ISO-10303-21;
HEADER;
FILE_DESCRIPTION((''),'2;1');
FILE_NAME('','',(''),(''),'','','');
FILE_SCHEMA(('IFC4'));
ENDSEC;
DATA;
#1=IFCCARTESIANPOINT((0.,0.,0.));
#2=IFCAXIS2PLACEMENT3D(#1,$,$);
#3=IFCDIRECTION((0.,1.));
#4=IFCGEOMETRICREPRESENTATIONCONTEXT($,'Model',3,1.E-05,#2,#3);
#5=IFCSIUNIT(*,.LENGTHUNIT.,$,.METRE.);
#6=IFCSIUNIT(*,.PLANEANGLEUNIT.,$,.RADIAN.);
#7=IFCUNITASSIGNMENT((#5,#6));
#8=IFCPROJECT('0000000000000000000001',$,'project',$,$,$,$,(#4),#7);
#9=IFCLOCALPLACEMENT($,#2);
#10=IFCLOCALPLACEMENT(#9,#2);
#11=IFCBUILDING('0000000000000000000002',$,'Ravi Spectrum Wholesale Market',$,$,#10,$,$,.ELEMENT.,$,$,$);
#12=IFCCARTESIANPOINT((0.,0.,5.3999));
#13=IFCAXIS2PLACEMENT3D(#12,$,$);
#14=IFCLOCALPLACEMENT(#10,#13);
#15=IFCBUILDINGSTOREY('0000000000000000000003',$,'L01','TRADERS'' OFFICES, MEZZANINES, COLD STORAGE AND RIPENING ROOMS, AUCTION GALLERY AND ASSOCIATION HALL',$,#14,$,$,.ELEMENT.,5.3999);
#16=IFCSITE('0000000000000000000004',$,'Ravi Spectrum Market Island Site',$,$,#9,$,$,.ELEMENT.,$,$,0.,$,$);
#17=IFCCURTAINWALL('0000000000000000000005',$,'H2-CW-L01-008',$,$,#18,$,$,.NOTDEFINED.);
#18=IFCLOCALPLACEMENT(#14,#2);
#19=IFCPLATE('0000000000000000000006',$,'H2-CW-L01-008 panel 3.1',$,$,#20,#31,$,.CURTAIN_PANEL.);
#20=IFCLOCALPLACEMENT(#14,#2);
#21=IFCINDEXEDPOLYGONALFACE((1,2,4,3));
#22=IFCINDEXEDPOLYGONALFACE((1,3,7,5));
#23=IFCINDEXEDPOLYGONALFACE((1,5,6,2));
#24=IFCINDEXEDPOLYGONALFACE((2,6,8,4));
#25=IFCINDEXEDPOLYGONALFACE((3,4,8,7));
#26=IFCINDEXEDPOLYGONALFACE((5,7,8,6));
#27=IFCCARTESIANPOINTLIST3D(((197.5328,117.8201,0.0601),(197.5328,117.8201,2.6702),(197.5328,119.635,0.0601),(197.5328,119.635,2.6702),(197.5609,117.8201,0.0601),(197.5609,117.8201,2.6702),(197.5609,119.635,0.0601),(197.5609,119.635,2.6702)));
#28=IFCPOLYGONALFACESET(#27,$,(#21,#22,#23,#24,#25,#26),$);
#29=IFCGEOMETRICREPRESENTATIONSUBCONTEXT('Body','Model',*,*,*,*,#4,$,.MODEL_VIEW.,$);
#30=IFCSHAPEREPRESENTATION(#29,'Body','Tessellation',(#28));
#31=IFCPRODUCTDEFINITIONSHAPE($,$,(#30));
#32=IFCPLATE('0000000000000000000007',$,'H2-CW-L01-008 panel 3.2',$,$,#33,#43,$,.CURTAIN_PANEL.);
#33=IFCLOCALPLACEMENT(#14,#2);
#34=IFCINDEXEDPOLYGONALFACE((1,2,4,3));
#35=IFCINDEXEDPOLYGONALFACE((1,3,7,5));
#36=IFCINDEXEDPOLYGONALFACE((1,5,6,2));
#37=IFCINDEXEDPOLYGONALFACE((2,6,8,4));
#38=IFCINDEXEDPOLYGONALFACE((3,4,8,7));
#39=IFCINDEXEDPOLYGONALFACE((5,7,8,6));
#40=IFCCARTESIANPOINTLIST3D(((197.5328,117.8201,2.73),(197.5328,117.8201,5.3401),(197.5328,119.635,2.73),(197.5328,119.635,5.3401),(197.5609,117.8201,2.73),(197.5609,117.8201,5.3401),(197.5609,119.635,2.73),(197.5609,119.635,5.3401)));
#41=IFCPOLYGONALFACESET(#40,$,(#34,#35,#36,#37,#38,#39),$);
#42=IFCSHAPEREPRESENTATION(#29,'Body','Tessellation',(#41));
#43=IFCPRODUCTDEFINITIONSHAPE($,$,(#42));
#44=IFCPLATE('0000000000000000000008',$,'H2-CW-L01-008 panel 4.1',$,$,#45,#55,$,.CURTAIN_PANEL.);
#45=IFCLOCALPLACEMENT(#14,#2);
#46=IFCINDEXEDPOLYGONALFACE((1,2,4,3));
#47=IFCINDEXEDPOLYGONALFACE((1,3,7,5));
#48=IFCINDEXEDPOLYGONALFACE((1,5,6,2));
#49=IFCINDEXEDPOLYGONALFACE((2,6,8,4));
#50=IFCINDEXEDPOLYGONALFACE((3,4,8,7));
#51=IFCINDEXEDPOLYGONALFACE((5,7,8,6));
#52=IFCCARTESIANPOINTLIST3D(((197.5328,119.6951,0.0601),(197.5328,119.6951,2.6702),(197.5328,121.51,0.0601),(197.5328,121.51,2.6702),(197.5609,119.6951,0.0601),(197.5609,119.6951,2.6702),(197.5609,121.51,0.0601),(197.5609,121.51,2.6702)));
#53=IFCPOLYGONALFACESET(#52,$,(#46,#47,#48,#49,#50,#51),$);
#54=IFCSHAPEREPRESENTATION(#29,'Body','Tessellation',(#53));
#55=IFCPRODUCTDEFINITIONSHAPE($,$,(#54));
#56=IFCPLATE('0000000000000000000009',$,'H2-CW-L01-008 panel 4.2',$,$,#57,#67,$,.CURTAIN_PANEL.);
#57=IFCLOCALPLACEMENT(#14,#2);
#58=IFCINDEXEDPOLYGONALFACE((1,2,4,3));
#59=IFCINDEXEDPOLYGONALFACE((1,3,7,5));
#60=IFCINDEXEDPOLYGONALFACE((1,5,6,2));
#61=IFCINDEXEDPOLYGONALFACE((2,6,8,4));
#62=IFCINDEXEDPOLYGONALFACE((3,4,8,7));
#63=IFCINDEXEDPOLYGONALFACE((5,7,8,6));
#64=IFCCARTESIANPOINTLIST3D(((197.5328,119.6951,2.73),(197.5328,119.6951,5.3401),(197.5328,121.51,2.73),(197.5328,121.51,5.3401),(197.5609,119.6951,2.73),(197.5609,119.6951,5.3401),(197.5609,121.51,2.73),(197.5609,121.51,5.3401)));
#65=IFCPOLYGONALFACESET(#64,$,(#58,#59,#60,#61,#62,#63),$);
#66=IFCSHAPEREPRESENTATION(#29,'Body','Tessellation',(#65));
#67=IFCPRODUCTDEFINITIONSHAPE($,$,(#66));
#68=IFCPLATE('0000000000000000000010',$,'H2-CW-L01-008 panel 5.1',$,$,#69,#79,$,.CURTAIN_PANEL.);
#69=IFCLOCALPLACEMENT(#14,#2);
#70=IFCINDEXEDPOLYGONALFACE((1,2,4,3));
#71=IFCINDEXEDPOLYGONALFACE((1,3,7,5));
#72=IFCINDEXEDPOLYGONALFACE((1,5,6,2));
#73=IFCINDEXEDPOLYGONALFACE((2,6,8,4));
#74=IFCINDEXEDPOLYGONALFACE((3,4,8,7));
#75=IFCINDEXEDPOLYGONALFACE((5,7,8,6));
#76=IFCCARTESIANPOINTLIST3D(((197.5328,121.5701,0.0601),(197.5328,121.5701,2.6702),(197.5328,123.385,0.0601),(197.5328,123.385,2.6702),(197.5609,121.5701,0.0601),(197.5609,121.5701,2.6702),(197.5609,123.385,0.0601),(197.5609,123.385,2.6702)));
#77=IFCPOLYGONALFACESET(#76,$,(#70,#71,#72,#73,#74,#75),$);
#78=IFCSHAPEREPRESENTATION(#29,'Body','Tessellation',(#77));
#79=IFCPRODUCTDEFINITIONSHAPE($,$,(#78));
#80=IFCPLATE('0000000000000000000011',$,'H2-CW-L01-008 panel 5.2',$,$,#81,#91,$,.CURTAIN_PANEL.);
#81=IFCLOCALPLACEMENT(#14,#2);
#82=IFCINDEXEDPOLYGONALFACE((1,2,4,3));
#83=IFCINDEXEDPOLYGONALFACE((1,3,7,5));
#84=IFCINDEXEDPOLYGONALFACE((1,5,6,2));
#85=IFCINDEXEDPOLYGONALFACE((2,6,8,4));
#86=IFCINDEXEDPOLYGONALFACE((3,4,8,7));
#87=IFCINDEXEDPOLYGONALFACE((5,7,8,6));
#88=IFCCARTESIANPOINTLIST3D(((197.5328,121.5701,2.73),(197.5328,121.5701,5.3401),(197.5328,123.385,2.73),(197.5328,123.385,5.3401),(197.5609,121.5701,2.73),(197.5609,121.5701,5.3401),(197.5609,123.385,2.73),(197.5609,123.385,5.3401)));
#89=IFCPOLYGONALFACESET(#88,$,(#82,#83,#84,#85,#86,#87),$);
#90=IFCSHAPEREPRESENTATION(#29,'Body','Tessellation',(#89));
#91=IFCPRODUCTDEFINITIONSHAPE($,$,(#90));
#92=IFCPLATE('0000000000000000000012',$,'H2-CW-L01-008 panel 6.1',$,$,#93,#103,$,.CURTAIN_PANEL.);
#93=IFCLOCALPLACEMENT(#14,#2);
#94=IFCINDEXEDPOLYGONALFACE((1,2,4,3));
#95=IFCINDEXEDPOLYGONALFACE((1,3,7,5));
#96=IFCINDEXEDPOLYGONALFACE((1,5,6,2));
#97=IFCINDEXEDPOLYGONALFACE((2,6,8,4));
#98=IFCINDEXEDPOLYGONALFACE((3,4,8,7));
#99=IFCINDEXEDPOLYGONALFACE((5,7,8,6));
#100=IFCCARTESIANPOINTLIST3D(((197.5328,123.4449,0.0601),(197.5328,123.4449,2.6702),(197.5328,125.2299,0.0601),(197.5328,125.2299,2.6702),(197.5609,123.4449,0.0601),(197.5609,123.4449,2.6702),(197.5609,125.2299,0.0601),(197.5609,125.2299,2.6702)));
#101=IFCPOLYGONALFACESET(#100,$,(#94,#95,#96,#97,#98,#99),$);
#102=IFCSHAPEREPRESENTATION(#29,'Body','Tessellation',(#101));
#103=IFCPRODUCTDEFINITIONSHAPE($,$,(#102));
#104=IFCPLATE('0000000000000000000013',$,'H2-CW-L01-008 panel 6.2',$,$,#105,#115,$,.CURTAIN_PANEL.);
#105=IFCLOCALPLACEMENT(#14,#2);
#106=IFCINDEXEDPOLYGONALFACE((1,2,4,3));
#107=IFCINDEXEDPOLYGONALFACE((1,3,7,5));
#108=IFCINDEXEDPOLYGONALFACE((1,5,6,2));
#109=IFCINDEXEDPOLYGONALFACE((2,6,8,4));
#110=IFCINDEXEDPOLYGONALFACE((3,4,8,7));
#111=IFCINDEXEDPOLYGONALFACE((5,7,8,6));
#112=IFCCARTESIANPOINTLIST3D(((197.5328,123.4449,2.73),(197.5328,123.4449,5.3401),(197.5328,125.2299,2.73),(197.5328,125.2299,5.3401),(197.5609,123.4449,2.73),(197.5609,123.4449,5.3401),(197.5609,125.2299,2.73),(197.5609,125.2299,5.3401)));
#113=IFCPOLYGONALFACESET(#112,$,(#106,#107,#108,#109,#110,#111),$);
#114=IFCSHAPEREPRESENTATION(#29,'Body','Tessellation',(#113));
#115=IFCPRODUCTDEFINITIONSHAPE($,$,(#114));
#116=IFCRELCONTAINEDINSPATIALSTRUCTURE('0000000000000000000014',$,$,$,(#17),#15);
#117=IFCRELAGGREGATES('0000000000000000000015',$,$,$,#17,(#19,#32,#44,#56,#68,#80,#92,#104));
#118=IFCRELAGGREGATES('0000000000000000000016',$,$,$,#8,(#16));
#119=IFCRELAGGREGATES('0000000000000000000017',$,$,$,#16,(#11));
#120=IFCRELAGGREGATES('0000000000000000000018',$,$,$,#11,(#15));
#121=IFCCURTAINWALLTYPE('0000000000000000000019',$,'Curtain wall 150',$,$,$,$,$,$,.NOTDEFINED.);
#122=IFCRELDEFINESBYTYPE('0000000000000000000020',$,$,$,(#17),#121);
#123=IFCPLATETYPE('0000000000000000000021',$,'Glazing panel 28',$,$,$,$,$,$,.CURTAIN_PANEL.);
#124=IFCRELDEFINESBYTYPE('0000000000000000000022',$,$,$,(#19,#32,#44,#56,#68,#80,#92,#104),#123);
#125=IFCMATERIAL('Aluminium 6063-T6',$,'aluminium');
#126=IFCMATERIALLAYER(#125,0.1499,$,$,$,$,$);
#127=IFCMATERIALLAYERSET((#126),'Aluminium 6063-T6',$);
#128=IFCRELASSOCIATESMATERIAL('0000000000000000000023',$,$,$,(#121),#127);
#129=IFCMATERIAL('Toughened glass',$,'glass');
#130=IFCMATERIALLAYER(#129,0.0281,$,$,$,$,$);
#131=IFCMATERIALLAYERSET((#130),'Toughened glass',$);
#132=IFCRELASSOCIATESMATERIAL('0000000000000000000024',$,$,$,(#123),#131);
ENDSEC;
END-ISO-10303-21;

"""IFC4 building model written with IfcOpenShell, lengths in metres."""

from ifc_helpers import new_model, si_unit, direction, frame, origin, origin_2d, place, context, subcontext, project, spatial, rectangle, extrude, material, layer, layer_set, type_object, element, aggregate, save


model = new_model("IFC4")

# Units and contexts
model_context = context("Model", 3, precision=1e-05, world=origin(), true_north=direction((0.0, 1.0)))
body_context = subcontext(model_context, "Body", "Model", "MODEL_VIEW")
ifc_project = project(units=[si_unit("LENGTHUNIT", "METRE"), si_unit("PLANEANGLEUNIT", "RADIAN")], contexts=[model_context])

# Site, building, storey
site_placement = place(None, origin())
site = spatial("IfcSite", under=ifc_project, at=site_placement, Name="Ravi Spectrum Market Island Site", CompositionType="ELEMENT", RefElevation=0.0)
building_placement = place(site_placement, origin())
building = spatial("IfcBuilding", under=site, at=building_placement, Name="Ravi Spectrum Wholesale Market", CompositionType="ELEMENT")
storey_placement = place(building_placement, frame((0.0, 0.0, 5.3999)))
storey = spatial("IfcBuildingStorey", under=building, at=storey_placement, Name="L01", Description="TRADERS' OFFICES, MEZZANINES, COLD STORAGE AND RIPENING ROOMS, AUCTION GALLERY AND ASSOCIATION HALL", CompositionType="ELEMENT", Elevation=5.3999)

# Curtain wall, plates
ifc_material_1 = material(Name="Aluminium 6063-T6", Category="aluminium")
ifc_layer_1 = layer(ifc_material_1, 0.1499)
ifc_layer_set_1 = layer_set([ifc_layer_1], Name="Aluminium 6063-T6")
curtain_wall_type = type_object("IfcCurtainWallType", Name="Curtain wall 150", PredefinedType="NOTDEFINED", material=ifc_layer_set_1)
curtain_wall_placement = place(storey_placement, origin())
curtain_wall = element("IfcCurtainWall", 1, at=curtain_wall_placement, inside=storey, type_object=curtain_wall_type, Name="H2-CW-L01-008", PredefinedType="NOTDEFINED")
ifc_material_2 = material(Name="Toughened glass", Category="glass")
ifc_layer_2 = layer(ifc_material_2, 0.0281)
ifc_layer_set_2 = layer_set([ifc_layer_2], Name="Toughened glass")
plate_type = type_object("IfcPlateType", Name="Glazing panel 28", PredefinedType="CURTAIN_PANEL", material=ifc_layer_set_2)
plate_1_placement = place(storey_placement, frame((197.5469, 118.7275, 0.0601), z_axis=(0.0, 0.0, 1.0), x_axis=(0.0, 1.0, 0.0)))
plate_1 = element("IfcPlate", 2, at=plate_1_placement, type_object=plate_type, Name="H2-CW-L01-008 panel 3.1", PredefinedType="CURTAIN_PANEL", context=body_context, shape_type="SweptSolid", body=[
    extrude(rectangle(XDim=1.8149, YDim=0.0281, at=origin_2d()), origin(), (0.0, 0.0, 1.0), 2.6101),
])
plate_2_placement = place(storey_placement, frame((197.5469, 118.7275, 2.73), z_axis=(0.0, 0.0, 1.0), x_axis=(0.0, 1.0, 0.0)))
plate_2 = element("IfcPlate", 3, at=plate_2_placement, type_object=plate_type, Name="H2-CW-L01-008 panel 3.2", PredefinedType="CURTAIN_PANEL", context=body_context, shape_type="SweptSolid", body=[
    extrude(rectangle(XDim=1.8149, YDim=0.0281, at=origin_2d()), origin(), (0.0, 0.0, 1.0), 2.6101),
])
plate_3_placement = place(storey_placement, frame((197.5469, 120.6025, 0.0601), z_axis=(0.0, 0.0, 1.0), x_axis=(0.0, 1.0, 0.0)))
plate_3 = element("IfcPlate", 4, at=plate_3_placement, type_object=plate_type, Name="H2-CW-L01-008 panel 4.1", PredefinedType="CURTAIN_PANEL", context=body_context, shape_type="SweptSolid", body=[
    extrude(rectangle(XDim=1.8149, YDim=0.0281, at=origin_2d()), origin(), (0.0, 0.0, 1.0), 2.6101),
])
plate_4_placement = place(storey_placement, frame((197.5469, 120.6025, 2.73), z_axis=(0.0, 0.0, 1.0), x_axis=(0.0, 1.0, 0.0)))
plate_4 = element("IfcPlate", 5, at=plate_4_placement, type_object=plate_type, Name="H2-CW-L01-008 panel 4.2", PredefinedType="CURTAIN_PANEL", context=body_context, shape_type="SweptSolid", body=[
    extrude(rectangle(XDim=1.8149, YDim=0.0281, at=origin_2d()), origin(), (0.0, 0.0, 1.0), 2.6101),
])
plate_5_placement = place(storey_placement, frame((197.5469, 122.4775, 0.0601), z_axis=(0.0, 0.0, 1.0), x_axis=(0.0, 1.0, 0.0)))
plate_5 = element("IfcPlate", 6, at=plate_5_placement, type_object=plate_type, Name="H2-CW-L01-008 panel 5.1", PredefinedType="CURTAIN_PANEL", context=body_context, shape_type="SweptSolid", body=[
    extrude(rectangle(XDim=1.8149, YDim=0.0281, at=origin_2d()), origin(), (0.0, 0.0, 1.0), 2.6101),
])
plate_6_placement = place(storey_placement, frame((197.5469, 122.4775, 2.73), z_axis=(0.0, 0.0, 1.0), x_axis=(0.0, 1.0, 0.0)))
plate_6 = element("IfcPlate", 7, at=plate_6_placement, type_object=plate_type, Name="H2-CW-L01-008 panel 5.2", PredefinedType="CURTAIN_PANEL", context=body_context, shape_type="SweptSolid", body=[
    extrude(rectangle(XDim=1.8149, YDim=0.0281, at=origin_2d()), origin(), (0.0, 0.0, 1.0), 2.6101),
])
plate_7_placement = place(storey_placement, frame((197.5469, 124.3374, 0.0601), z_axis=(0.0, 0.0, 1.0), x_axis=(0.0, 1.0, 0.0)))
plate_7 = element("IfcPlate", 8, at=plate_7_placement, type_object=plate_type, Name="H2-CW-L01-008 panel 6.1", PredefinedType="CURTAIN_PANEL", context=body_context, shape_type="SweptSolid", body=[
    extrude(rectangle(XDim=1.7849, YDim=0.0281, at=origin_2d()), origin(), (0.0, 0.0, 1.0), 2.6101),
])
plate_8_placement = place(storey_placement, frame((197.5469, 124.3374, 2.73), z_axis=(0.0, 0.0, 1.0), x_axis=(0.0, 1.0, 0.0)))
plate_8 = element("IfcPlate", 9, at=plate_8_placement, type_object=plate_type, Name="H2-CW-L01-008 panel 6.2", PredefinedType="CURTAIN_PANEL", context=body_context, shape_type="SweptSolid", body=[
    extrude(rectangle(XDim=1.7849, YDim=0.0281, at=origin_2d()), origin(), (0.0, 0.0, 1.0), 2.6101),
])
aggregate(curtain_wall, [plate_1, plate_2, plate_3, plate_4, plate_5, plate_6, plate_7, plate_8])

save(model, "model.ifc")
